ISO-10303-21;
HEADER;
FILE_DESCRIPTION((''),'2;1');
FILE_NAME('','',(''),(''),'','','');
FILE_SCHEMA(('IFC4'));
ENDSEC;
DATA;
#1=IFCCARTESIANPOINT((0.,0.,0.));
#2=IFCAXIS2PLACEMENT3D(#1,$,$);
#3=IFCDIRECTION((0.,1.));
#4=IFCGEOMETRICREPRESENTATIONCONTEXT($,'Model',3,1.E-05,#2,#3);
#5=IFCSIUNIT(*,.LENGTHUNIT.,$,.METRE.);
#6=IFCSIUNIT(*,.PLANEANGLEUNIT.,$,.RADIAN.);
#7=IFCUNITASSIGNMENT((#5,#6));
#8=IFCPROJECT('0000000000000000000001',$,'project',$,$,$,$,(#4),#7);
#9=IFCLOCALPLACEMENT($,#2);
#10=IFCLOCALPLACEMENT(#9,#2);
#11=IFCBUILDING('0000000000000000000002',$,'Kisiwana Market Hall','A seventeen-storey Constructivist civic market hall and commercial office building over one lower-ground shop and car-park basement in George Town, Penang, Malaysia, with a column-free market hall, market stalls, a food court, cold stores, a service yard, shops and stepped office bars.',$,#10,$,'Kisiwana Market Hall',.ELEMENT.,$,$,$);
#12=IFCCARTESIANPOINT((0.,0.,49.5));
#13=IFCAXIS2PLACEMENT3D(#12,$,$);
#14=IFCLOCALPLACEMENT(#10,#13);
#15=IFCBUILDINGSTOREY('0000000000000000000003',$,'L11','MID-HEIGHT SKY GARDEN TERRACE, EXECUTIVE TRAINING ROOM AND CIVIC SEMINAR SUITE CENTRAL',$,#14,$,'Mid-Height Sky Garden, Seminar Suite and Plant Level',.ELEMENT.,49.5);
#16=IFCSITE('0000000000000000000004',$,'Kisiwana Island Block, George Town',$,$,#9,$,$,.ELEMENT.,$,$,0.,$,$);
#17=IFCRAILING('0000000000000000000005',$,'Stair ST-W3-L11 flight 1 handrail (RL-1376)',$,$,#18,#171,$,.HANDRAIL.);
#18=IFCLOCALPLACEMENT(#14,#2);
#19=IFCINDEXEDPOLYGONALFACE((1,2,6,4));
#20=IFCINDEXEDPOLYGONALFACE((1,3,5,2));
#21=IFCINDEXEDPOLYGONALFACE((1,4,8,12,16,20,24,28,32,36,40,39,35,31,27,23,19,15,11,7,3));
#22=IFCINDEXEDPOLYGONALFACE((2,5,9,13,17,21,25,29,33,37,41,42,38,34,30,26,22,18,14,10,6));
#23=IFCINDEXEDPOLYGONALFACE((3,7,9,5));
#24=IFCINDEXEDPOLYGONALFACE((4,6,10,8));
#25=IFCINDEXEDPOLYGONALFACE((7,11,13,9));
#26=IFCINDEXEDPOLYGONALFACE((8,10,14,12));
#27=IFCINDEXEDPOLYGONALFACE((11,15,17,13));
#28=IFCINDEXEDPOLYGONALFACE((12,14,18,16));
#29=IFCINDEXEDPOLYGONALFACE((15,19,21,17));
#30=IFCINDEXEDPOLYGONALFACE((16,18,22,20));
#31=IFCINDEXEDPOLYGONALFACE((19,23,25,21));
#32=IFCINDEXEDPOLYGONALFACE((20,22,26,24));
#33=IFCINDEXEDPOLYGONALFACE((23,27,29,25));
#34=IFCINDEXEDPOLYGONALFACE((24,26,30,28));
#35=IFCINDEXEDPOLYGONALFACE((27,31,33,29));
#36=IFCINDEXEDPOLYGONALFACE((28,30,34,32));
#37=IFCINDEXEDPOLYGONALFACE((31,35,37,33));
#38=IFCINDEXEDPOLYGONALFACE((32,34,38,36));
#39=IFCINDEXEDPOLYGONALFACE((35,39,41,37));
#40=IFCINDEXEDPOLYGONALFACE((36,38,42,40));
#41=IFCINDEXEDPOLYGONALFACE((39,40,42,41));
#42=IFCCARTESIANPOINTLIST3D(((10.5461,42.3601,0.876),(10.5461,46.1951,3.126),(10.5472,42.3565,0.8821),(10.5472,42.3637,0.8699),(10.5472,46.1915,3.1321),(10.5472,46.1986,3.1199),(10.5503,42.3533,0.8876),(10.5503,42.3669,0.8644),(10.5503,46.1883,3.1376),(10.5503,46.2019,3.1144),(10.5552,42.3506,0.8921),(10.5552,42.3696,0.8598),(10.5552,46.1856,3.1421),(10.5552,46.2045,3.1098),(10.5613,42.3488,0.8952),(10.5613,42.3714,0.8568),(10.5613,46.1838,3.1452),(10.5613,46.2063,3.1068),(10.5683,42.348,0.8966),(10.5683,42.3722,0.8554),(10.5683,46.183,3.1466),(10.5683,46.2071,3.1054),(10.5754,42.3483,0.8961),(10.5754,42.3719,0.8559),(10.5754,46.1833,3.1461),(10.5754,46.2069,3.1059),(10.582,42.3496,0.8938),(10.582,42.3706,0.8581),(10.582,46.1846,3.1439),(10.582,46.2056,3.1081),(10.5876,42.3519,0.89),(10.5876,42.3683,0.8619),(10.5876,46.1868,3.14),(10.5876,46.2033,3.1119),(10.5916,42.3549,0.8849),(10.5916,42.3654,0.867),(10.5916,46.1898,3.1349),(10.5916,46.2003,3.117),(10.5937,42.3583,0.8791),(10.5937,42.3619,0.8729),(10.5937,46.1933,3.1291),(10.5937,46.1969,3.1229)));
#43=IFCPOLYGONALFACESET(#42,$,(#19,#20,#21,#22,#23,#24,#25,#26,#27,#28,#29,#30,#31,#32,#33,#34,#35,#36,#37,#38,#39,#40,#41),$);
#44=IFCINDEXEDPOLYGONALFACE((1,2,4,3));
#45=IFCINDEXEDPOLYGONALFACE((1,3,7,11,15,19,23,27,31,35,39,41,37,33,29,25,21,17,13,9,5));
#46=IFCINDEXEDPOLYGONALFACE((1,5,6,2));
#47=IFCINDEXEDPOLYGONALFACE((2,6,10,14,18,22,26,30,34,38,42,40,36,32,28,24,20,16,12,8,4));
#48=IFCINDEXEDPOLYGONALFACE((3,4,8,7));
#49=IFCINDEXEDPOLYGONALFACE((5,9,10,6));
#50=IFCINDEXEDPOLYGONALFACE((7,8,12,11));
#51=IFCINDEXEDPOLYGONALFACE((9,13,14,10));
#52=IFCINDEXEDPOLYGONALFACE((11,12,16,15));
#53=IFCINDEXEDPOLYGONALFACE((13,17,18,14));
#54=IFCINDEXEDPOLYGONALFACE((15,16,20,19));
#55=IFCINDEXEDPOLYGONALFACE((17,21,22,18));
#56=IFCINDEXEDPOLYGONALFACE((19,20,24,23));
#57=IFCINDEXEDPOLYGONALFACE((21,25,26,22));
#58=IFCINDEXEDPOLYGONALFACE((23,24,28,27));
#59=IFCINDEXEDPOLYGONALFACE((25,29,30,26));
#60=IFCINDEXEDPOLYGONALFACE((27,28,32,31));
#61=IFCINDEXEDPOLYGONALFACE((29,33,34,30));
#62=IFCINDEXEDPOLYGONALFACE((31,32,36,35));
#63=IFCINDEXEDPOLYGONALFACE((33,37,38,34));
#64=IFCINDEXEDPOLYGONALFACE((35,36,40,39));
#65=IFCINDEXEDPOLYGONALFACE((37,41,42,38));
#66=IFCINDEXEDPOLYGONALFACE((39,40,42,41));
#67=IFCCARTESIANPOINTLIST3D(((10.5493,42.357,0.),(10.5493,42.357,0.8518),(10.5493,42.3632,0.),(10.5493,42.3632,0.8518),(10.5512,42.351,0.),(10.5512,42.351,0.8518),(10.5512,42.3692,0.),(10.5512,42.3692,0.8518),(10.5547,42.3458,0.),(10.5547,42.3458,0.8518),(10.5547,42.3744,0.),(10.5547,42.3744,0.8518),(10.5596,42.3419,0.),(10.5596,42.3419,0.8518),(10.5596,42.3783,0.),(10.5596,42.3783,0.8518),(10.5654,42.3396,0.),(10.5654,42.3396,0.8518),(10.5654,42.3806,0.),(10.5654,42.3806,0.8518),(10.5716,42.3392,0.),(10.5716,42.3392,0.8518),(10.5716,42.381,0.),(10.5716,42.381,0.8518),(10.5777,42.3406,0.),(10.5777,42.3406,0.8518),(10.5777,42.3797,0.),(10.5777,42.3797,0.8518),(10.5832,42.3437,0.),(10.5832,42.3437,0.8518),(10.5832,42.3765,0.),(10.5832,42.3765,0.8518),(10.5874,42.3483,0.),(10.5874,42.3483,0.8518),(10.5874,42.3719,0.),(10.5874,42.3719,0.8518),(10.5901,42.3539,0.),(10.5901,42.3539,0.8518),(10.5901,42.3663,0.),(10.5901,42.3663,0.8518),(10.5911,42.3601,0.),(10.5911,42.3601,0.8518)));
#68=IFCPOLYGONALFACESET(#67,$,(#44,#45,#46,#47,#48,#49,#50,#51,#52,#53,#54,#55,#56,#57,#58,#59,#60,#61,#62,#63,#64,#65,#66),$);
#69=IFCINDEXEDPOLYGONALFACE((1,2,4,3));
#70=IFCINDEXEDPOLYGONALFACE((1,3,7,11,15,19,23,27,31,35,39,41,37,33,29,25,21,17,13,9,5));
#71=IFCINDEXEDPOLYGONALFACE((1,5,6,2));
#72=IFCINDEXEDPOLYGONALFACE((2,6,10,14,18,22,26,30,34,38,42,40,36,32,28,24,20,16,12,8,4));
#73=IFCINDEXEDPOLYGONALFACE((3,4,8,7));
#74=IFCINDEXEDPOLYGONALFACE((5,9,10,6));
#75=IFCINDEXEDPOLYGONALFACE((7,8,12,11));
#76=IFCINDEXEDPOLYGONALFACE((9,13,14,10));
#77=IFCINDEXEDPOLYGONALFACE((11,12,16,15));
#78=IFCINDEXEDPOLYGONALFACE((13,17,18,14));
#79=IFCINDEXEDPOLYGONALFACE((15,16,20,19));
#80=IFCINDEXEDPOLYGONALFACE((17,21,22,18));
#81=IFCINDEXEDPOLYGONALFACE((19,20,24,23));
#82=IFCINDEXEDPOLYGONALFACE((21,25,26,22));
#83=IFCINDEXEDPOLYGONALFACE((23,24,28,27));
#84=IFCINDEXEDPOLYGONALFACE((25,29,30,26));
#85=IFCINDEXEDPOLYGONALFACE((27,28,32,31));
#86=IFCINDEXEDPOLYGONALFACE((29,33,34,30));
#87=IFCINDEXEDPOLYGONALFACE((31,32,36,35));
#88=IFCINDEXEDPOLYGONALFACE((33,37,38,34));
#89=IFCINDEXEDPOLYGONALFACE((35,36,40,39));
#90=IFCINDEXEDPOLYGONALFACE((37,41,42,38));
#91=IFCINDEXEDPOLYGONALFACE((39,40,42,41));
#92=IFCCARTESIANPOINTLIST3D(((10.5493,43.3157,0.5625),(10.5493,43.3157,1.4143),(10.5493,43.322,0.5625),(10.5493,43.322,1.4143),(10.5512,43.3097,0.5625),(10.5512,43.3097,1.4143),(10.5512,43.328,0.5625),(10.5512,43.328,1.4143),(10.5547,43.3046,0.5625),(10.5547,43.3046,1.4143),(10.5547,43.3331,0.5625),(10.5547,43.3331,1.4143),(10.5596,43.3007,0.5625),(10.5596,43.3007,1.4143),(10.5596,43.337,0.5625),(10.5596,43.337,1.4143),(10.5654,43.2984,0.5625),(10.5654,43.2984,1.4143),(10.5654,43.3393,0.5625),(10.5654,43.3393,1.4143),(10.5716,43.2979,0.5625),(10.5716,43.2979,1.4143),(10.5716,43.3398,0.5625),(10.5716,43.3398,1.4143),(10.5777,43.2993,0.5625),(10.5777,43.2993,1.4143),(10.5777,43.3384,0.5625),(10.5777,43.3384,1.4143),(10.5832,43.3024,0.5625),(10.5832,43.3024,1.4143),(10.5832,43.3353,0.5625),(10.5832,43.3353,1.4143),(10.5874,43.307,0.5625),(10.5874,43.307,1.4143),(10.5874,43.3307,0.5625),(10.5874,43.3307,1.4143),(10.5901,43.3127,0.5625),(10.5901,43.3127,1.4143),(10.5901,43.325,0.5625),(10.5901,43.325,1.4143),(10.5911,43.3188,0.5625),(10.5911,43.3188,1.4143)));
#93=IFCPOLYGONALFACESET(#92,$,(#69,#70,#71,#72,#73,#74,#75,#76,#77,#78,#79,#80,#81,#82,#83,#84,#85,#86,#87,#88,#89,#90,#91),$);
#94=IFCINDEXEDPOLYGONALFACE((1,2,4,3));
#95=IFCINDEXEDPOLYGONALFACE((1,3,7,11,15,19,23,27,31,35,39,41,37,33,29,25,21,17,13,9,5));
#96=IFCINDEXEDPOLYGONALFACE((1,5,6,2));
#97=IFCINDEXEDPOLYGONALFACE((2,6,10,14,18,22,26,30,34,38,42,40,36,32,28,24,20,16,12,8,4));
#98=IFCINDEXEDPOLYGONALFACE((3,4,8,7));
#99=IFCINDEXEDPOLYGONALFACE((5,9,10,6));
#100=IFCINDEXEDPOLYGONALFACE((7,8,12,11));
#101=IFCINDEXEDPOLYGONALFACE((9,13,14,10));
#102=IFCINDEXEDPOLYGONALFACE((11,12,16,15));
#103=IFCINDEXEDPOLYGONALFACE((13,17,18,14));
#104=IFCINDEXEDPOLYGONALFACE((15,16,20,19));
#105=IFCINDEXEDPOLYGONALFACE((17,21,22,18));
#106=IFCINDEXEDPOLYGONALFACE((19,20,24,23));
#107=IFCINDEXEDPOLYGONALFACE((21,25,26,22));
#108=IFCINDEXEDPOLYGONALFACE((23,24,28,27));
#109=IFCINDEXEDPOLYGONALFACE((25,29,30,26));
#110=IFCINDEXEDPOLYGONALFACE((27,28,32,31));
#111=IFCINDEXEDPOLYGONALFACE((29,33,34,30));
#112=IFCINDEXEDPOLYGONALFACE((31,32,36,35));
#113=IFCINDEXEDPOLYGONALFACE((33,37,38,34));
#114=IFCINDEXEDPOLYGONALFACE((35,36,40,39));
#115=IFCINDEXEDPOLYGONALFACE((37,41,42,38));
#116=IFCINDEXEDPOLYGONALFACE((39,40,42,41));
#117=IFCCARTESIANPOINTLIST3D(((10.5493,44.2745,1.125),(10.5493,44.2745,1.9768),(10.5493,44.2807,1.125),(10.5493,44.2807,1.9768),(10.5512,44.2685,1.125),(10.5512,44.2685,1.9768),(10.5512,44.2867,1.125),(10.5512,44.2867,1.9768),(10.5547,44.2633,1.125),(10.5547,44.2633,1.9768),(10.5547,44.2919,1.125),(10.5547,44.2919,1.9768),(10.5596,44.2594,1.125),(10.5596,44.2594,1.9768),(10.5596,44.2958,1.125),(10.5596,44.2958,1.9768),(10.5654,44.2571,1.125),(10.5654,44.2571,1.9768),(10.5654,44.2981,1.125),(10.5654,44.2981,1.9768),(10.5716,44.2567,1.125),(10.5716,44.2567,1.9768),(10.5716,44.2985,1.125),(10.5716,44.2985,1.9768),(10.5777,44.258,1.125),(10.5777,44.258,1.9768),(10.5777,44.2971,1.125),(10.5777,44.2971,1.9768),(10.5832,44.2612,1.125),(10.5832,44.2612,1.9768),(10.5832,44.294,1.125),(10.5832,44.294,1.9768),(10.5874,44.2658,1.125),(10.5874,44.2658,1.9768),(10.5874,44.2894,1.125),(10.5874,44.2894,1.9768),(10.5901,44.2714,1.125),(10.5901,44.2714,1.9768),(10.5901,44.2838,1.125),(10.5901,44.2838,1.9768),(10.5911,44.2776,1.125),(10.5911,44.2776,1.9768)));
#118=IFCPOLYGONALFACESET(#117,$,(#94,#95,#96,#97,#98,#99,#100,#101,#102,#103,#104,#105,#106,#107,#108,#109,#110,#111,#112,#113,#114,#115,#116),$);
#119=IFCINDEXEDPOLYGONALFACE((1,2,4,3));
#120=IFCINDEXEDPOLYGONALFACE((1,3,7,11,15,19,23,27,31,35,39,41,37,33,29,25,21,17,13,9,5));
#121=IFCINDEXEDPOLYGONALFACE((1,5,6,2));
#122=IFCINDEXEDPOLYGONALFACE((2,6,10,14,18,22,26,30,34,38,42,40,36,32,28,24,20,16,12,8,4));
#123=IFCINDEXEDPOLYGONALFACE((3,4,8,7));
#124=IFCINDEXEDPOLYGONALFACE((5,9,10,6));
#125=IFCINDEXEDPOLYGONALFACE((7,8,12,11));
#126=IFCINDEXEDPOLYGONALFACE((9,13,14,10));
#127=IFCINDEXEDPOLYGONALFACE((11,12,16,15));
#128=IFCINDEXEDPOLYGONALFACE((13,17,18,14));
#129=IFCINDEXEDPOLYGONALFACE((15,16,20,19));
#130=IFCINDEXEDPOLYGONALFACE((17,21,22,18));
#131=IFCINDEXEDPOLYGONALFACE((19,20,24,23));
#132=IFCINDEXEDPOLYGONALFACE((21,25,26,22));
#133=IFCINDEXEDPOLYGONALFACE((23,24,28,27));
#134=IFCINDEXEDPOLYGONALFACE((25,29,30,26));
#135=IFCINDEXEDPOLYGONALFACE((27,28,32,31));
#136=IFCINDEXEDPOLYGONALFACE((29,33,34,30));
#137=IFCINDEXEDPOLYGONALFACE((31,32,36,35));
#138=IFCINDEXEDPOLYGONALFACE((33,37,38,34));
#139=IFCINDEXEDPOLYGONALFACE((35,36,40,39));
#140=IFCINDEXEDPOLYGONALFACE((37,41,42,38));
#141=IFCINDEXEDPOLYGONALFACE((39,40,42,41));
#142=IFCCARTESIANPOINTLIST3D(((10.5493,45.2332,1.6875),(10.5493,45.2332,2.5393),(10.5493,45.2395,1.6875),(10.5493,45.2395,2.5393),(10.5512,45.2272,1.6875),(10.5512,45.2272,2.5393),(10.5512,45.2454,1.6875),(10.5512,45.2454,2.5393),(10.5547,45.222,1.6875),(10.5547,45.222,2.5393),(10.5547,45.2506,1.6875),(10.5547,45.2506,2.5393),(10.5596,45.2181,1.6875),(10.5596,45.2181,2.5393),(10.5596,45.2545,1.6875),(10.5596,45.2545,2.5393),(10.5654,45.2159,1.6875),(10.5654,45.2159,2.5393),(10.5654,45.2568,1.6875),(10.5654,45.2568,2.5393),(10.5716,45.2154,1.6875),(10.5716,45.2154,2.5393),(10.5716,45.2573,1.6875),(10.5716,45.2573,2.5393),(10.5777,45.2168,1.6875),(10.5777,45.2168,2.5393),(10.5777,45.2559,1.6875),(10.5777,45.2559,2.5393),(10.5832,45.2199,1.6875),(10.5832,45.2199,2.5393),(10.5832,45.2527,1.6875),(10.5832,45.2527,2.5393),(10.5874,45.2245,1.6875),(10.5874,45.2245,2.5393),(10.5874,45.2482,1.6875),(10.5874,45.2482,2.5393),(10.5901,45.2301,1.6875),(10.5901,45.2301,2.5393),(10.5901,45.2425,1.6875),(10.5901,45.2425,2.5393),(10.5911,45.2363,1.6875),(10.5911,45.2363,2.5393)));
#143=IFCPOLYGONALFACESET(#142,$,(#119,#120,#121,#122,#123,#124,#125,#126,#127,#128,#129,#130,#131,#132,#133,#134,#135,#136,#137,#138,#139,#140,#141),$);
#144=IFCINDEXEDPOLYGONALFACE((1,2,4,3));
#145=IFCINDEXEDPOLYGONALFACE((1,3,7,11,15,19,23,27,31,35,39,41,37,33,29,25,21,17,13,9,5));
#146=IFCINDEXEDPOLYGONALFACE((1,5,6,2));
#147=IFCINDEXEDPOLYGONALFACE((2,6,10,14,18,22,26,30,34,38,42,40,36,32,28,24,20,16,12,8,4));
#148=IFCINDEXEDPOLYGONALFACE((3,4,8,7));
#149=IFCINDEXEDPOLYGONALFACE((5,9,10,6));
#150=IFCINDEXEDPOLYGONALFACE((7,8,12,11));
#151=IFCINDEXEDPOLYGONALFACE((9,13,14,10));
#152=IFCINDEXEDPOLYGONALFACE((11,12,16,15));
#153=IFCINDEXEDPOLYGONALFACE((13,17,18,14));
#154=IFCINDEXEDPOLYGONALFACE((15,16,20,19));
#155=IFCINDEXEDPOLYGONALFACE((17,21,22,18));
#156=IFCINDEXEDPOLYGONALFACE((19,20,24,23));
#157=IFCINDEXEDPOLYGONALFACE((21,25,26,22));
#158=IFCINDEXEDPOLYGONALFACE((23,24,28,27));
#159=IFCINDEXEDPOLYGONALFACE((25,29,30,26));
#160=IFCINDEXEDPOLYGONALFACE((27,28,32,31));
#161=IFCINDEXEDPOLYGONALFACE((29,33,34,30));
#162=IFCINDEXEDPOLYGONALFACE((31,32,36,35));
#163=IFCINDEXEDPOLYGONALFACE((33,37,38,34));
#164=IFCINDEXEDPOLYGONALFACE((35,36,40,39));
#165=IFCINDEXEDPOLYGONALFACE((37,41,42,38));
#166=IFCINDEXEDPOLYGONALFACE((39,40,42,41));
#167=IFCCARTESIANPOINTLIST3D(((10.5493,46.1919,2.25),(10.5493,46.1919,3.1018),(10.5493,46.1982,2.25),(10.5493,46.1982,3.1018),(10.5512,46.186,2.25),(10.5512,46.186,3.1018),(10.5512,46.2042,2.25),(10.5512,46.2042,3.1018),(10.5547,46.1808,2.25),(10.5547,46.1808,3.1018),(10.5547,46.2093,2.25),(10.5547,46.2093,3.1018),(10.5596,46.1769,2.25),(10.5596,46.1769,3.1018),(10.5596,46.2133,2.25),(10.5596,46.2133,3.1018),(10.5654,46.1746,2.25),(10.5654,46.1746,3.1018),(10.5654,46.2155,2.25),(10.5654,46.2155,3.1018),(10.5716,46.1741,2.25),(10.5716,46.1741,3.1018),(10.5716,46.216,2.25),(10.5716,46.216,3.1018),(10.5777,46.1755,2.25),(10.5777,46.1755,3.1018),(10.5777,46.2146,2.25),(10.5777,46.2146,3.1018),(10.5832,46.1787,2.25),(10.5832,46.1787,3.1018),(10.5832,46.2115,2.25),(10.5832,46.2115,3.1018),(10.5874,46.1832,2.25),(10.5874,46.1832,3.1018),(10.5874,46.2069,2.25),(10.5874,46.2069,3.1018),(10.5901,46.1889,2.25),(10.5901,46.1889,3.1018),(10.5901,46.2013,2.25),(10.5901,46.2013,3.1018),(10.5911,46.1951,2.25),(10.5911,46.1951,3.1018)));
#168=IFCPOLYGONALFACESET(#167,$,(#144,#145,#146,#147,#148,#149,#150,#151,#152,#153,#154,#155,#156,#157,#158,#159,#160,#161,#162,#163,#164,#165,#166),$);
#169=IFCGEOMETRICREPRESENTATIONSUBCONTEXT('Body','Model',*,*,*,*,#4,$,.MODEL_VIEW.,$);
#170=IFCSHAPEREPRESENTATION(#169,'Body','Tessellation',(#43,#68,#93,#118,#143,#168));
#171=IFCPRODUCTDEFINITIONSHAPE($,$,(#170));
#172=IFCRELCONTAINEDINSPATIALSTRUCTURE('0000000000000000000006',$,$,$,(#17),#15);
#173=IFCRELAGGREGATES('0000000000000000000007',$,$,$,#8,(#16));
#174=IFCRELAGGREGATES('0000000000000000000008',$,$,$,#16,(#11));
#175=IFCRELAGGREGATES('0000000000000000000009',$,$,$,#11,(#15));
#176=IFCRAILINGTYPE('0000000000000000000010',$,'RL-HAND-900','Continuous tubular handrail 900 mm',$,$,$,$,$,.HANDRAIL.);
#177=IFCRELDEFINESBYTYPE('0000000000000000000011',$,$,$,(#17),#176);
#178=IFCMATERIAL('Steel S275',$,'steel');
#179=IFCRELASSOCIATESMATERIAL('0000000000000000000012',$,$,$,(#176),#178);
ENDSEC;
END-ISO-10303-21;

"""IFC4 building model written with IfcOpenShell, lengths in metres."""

from ifc_helpers import new_model, si_unit, direction, frame, origin, origin_2d, place, context, subcontext, project, spatial, circle, extrude, material, type_object, element, save


model = new_model("IFC4")

# Units and contexts
model_context = context("Model", 3, precision=1e-05, world=origin(), true_north=direction((0.0, 1.0)))
body_context = subcontext(model_context, "Body", "Model", "MODEL_VIEW")
ifc_project = project(units=[si_unit("LENGTHUNIT", "METRE"), si_unit("PLANEANGLEUNIT", "RADIAN")], contexts=[model_context])

# Site, building, storey
site_placement = place(None, origin())
site = spatial("IfcSite", under=ifc_project, at=site_placement, Name="Kisiwana Island Block, George Town", CompositionType="ELEMENT", RefElevation=0.0)
building_placement = place(site_placement, origin())
building = spatial("IfcBuilding", under=site, at=building_placement, Name="Kisiwana Market Hall", Description="A seventeen-storey Constructivist civic market hall and commercial office building over one lower-ground shop and car-park basement in George Town, Penang, Malaysia, with a column-free market hall, market stalls, a food court, cold stores, a service yard, shops and stepped office bars.", LongName="Kisiwana Market Hall", CompositionType="ELEMENT")
storey_placement = place(building_placement, frame((0.0, 0.0, 49.5)))
storey = spatial("IfcBuildingStorey", under=building, at=storey_placement, Name="L11", Description="MID-HEIGHT SKY GARDEN TERRACE, EXECUTIVE TRAINING ROOM AND CIVIC SEMINAR SUITE CENTRAL", LongName="Mid-Height Sky Garden, Seminar Suite and Plant Level", CompositionType="ELEMENT", Elevation=49.5)

# Railing
ifc_material_1 = material(Name="Steel S275", Category="steel")
railing_type_1 = type_object("IfcRailingType", Name="RL-HAND-900", Description="Continuous tubular handrail 900 mm", PredefinedType="HANDRAIL", material=ifc_material_1)
for number, where, name in (
    (1, (10.5701, 42.3601, 0.0), "Stair ST-W3-L11 flight 1 handrail (RL-1376)"),
):
    element("IfcRailing", number, at=place(storey_placement, frame(where)), inside=storey, type_object=railing_type_1, Name=name, PredefinedType="HANDRAIL", context=body_context, shape_type="SweptSolid", body=[
        extrude(circle(Radius=0.0239, at=origin_2d()), frame((0.0, 0.0, 0.876), z_axis=(0.0, 0.86251, 0.506041), x_axis=(-1.0, 0.0, 0.0)), (0.0, 0.0, 1.0), 4.4463),
        extrude(circle(Radius=0.021, at=origin_2d()), origin(), (0.0, 0.0, 1.0), 0.8518),
        extrude(circle(Radius=0.021, at=origin_2d()), frame((0.0, 0.9587, 0.5625)), (0.0, 0.0, 1.0), 0.8518),
        extrude(circle(Radius=0.021, at=origin_2d()), frame((0.0, 1.9175, 1.125)), (0.0, 0.0, 1.0), 0.8518),
        extrude(circle(Radius=0.021, at=origin_2d()), frame((0.0, 2.8762, 1.6875)), (0.0, 0.0, 1.0), 0.8518),
        extrude(circle(Radius=0.021, at=origin_2d()), frame((0.0, 3.835, 2.25)), (0.0, 0.0, 1.0), 0.8518),
    ])

save(model, "model.ifc")
